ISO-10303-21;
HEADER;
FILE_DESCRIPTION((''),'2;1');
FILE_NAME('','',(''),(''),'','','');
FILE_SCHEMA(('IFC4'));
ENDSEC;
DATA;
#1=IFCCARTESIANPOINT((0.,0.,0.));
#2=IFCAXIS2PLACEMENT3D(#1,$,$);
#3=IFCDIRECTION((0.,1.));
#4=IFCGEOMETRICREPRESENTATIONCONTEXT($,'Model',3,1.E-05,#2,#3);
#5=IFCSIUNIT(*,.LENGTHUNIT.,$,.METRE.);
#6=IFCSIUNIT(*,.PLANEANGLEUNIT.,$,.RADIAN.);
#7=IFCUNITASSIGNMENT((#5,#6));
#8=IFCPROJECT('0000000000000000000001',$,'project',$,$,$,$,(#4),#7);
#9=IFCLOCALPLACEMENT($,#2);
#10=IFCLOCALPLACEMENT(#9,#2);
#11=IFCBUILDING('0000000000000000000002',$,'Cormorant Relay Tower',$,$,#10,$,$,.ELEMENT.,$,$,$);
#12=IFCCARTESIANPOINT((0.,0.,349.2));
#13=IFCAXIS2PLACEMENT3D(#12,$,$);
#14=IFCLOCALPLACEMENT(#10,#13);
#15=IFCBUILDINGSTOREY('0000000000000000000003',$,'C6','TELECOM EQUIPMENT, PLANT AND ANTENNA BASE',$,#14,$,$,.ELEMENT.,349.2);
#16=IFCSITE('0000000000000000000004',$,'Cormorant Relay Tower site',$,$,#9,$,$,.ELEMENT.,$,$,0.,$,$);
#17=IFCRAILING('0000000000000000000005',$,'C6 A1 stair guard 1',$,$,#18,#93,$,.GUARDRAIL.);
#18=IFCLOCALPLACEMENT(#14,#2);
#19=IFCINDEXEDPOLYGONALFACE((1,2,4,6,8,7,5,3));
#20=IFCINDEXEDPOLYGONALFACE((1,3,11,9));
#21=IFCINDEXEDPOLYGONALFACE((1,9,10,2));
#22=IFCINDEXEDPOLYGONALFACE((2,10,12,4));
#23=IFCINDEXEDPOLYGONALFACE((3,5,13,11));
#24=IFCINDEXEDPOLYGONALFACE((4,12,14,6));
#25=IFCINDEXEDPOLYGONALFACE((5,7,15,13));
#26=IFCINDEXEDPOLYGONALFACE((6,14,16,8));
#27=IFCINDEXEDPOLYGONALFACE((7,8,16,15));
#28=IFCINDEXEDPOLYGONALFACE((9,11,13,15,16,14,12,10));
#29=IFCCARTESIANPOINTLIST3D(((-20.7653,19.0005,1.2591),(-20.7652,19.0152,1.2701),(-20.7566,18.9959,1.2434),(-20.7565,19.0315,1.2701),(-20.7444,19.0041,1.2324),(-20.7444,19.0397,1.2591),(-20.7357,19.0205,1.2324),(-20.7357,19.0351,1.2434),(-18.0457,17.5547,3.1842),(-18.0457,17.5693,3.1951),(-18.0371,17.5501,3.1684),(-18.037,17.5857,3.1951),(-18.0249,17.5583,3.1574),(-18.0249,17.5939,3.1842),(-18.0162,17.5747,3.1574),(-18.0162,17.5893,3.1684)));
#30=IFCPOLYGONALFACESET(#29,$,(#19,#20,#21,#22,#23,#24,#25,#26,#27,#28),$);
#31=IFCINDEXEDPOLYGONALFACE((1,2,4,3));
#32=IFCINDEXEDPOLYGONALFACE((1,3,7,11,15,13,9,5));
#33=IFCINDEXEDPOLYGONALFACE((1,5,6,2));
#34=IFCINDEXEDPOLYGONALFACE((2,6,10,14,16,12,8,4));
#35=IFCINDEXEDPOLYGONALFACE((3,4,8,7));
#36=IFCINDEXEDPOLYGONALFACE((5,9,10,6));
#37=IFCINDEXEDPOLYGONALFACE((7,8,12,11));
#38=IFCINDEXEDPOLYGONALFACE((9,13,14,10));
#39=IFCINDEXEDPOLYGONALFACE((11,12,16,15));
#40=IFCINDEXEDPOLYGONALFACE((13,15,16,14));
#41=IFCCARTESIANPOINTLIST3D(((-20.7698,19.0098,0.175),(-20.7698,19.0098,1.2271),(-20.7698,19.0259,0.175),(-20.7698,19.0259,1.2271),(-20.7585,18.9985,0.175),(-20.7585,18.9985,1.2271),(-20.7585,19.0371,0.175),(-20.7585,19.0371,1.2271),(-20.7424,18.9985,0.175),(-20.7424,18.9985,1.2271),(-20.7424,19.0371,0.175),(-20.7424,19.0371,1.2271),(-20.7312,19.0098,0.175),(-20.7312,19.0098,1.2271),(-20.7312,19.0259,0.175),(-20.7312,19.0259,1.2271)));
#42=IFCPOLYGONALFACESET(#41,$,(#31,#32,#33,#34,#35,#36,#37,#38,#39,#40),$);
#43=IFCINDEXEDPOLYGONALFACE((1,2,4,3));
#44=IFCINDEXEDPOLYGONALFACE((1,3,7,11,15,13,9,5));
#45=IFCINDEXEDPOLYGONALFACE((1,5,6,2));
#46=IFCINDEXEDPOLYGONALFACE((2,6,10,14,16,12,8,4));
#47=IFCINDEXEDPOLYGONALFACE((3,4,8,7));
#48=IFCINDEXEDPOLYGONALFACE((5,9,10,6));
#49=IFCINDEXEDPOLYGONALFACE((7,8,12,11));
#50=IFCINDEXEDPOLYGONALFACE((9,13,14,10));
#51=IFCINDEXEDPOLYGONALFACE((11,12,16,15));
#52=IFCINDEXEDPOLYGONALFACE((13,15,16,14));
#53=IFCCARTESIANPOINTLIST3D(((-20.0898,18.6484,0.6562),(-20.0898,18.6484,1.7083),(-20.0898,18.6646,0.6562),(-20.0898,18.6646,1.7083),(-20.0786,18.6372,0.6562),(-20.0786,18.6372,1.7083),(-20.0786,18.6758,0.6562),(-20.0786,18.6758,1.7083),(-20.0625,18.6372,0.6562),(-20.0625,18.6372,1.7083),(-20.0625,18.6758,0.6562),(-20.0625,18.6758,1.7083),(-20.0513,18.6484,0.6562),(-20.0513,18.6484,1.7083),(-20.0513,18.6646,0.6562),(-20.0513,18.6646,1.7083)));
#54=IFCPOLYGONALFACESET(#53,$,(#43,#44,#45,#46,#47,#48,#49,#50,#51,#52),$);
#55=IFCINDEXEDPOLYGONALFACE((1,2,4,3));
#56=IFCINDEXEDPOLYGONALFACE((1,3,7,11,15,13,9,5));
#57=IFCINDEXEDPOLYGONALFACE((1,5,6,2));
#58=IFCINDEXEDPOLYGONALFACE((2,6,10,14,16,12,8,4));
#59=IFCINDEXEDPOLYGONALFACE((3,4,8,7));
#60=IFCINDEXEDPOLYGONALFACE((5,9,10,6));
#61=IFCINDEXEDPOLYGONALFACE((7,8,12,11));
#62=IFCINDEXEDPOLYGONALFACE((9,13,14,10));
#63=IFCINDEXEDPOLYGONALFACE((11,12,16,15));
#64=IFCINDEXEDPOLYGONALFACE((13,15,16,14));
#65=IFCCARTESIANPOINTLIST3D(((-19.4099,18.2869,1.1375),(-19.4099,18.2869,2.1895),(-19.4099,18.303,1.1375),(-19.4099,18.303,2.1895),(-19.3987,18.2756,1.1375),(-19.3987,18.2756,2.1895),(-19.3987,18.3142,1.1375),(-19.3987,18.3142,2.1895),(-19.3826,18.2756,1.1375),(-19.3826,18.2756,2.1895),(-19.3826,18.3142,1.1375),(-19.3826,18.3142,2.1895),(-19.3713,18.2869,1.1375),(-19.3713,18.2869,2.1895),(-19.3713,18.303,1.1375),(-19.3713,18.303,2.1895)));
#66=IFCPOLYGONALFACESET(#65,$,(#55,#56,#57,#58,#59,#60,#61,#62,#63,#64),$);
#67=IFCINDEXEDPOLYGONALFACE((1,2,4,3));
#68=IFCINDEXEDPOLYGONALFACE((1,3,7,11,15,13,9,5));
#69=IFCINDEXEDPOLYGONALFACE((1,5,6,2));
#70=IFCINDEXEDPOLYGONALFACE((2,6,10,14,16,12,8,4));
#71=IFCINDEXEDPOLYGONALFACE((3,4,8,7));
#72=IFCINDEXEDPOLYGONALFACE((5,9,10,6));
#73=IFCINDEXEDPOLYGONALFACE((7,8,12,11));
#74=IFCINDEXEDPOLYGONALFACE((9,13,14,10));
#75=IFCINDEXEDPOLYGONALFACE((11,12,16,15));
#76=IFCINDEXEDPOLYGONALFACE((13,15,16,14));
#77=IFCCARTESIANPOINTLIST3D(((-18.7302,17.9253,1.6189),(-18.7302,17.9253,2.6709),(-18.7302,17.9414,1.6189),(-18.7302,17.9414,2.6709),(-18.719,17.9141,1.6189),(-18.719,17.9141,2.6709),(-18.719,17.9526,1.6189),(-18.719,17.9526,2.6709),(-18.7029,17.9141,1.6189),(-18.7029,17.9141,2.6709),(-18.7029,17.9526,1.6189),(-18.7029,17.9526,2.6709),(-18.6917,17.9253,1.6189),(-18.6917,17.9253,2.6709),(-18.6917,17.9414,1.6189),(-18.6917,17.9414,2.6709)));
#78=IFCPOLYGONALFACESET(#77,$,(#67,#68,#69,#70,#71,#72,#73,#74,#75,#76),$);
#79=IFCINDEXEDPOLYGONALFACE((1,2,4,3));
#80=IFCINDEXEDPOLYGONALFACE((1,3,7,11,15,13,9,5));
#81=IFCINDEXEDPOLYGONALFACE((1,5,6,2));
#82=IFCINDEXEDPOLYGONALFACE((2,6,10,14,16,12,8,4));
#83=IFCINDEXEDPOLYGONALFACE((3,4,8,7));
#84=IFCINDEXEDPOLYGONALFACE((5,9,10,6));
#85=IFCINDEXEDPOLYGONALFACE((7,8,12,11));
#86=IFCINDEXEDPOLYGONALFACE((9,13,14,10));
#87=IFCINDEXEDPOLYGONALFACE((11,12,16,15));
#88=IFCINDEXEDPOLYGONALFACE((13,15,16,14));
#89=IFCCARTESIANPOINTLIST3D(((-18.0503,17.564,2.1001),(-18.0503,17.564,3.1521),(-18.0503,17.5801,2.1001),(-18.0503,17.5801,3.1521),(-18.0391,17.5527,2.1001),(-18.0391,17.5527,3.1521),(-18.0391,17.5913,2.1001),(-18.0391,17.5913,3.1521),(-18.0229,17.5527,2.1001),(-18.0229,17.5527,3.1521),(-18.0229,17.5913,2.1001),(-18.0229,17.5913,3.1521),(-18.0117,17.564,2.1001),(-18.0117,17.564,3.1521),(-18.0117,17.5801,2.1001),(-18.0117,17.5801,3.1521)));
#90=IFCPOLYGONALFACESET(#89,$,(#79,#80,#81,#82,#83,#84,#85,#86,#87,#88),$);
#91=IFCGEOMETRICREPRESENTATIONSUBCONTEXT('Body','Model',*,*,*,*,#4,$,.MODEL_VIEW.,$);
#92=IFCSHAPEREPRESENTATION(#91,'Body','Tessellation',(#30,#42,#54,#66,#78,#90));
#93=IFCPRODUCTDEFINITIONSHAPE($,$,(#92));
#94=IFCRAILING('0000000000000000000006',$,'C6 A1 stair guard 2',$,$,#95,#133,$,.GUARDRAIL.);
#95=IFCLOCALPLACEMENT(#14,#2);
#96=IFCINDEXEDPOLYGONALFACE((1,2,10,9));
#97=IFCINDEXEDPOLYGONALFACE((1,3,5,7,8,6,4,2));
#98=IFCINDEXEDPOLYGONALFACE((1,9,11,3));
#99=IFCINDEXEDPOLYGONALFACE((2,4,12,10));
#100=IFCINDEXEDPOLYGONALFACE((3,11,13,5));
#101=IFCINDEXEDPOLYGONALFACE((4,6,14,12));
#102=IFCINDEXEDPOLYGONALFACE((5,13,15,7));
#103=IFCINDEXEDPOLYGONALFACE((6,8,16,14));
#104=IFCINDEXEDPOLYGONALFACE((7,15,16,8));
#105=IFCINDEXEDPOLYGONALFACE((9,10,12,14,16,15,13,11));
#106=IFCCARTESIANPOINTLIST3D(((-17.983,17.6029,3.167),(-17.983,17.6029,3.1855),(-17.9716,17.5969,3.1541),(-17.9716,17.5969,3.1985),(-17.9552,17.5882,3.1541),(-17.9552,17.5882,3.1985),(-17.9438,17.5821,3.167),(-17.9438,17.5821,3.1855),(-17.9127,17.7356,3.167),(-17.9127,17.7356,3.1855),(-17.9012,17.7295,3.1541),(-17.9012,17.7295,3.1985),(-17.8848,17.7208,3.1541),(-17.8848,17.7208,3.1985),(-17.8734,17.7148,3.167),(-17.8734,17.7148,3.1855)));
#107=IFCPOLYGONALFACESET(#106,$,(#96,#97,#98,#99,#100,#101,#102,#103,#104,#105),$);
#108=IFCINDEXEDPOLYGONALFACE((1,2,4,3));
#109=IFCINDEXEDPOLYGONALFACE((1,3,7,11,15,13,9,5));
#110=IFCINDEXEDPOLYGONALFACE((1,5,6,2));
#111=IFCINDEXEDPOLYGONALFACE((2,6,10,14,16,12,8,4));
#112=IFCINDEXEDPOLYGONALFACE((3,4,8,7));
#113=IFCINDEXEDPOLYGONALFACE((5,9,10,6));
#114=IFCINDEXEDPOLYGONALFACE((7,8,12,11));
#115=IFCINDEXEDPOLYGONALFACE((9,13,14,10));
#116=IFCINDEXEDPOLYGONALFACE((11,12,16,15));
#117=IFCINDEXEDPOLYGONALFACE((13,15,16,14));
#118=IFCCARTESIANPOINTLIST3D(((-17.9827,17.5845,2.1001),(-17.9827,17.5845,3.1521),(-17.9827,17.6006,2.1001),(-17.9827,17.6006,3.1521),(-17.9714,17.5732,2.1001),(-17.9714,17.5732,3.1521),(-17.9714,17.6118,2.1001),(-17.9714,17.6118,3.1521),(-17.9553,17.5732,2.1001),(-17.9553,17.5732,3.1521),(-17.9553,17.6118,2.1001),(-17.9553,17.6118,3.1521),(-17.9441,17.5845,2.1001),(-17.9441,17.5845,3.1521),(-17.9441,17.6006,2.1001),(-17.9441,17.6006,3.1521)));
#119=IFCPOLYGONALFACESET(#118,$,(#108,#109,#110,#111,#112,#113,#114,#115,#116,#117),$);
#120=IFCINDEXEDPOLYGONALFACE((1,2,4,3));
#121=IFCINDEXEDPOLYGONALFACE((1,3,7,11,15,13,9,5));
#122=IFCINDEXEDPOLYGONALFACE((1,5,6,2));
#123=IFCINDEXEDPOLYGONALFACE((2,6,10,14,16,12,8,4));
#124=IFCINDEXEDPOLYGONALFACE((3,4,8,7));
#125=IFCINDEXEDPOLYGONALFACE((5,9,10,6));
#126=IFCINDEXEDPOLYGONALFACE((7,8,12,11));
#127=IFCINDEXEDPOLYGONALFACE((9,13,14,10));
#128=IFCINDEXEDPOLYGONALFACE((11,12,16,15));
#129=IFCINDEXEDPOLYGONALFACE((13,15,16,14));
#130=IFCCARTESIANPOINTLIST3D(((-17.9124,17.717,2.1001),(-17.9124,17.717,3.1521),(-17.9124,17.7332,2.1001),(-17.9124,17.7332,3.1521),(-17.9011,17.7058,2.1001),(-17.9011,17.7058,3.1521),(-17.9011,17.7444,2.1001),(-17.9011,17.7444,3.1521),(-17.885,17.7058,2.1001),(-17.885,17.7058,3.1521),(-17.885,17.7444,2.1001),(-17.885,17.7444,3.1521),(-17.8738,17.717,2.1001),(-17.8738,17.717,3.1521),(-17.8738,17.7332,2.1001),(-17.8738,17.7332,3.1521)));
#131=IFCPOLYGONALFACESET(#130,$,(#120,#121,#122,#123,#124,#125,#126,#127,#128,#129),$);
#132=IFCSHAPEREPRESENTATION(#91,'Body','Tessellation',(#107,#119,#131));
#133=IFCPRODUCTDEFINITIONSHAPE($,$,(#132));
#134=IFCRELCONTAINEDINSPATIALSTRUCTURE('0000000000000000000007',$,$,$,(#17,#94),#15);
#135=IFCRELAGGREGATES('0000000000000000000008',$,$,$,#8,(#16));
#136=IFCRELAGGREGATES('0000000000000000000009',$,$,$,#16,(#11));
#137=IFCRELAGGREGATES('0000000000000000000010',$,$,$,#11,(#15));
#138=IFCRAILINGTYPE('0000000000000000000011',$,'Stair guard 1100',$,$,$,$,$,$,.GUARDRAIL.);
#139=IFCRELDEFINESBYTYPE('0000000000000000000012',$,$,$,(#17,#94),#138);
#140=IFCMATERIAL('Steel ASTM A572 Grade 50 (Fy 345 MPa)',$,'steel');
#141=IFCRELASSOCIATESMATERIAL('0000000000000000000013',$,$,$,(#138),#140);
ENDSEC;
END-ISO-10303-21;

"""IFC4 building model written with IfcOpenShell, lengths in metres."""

from ifc_helpers import new_model, si_unit, direction, frame, origin, place, context, subcontext, project, spatial, polyline, outline, extrude, material, type_object, element, save


model = new_model("IFC4")

# Units and contexts
model_context = context("Model", 3, precision=1e-05, world=origin(), true_north=direction((0.0, 1.0)))
body_context = subcontext(model_context, "Body", "Model", "MODEL_VIEW")
ifc_project = project(units=[si_unit("LENGTHUNIT", "METRE"), si_unit("PLANEANGLEUNIT", "RADIAN")], contexts=[model_context])

# Site, building, storey
site_placement = place(None, origin())
site = spatial("IfcSite", under=ifc_project, at=site_placement, Name="Cormorant Relay Tower site", CompositionType="ELEMENT", RefElevation=0.0)
building_placement = place(site_placement, origin())
building = spatial("IfcBuilding", under=site, at=building_placement, Name="Cormorant Relay Tower", CompositionType="ELEMENT")
storey_placement = place(building_placement, frame((0.0, 0.0, 349.2)))
storey = spatial("IfcBuildingStorey", under=building, at=storey_placement, Name="C6", Description="TELECOM EQUIPMENT, PLANT AND ANTENNA BASE", CompositionType="ELEMENT", Elevation=349.2)

# Railings
ifc_material_1 = material(Name="Steel ASTM A572 Grade 50 (Fy 345 MPa)", Category="steel")
railing_type_1 = type_object("IfcRailingType", Name="Stair guard 1100", PredefinedType="GUARDRAIL", material=ifc_material_1)
railing_1_placement = place(storey_placement, frame((-20.7505, 19.0178, 0.175)))
element("IfcRailing", 1, at=railing_1_placement, inside=storey, type_object=railing_type_1, Name="C6 A1 stair guard 1", PredefinedType="GUARDRAIL", context=body_context, shape_type="SweptSolid", body=[
    extrude(outline(polyline([(0.0222, 0.0093), (0.0093, 0.0222), (-0.0093, 0.0222), (-0.0222, 0.0093), (-0.0222, -0.0093), (-0.0093, -0.0222), (0.0093, -0.0222), (0.0222, -0.0093), (0.0222, 0.0093)])), frame((0.0, 0.0, 1.0762), z_axis=(0.748747, -0.398068, 0.530018), x_axis=(0.469428, 0.882971, 0.0)), (0.0, 0.0, 1.0), 3.6321),
    extrude(outline(polyline([(0.0193, 0.0081), (0.0081, 0.0193), (-0.0081, 0.0193), (-0.0193, 0.0081), (-0.0193, -0.0081), (-0.0081, -0.0193), (0.0081, -0.0193), (0.0193, -0.0081), (0.0193, 0.0081)])), origin(), (0.0, 0.0, 1.0), 1.052),
    extrude(outline(polyline([(0.0193, 0.0081), (0.0081, 0.0193), (-0.0081, 0.0193), (-0.0193, 0.0081), (-0.0193, -0.0081), (-0.0081, -0.0193), (0.0081, -0.0193), (0.0193, -0.0081), (0.0193, 0.0081)])), frame((0.6799, -0.3613, 0.4812)), (0.0, 0.0, 1.0), 1.052),
    extrude(outline(polyline([(0.0193, 0.0081), (0.0081, 0.0193), (-0.0081, 0.0193), (-0.0193, 0.0081), (-0.0193, -0.0081), (-0.0081, -0.0193), (0.0081, -0.0193), (0.0193, -0.0081), (0.0193, 0.0081)])), frame((1.3599, -0.7229, 0.9624)), (0.0, 0.0, 1.0), 1.052),
    extrude(outline(polyline([(0.0193, 0.0081), (0.0081, 0.0193), (-0.0081, 0.0193), (-0.0193, 0.0081), (-0.0193, -0.0081), (-0.0081, -0.0193), (0.0081, -0.0193), (0.0193, -0.0081), (0.0193, 0.0081)])), frame((2.0396, -1.0845, 1.4438)), (0.0, 0.0, 1.0), 1.052),
    extrude(outline(polyline([(0.0193, 0.0081), (0.0081, 0.0193), (-0.0081, 0.0193), (-0.0193, 0.0081), (-0.0193, -0.0081), (-0.0081, -0.0193), (0.0081, -0.0193), (0.0193, -0.0081), (0.0193, 0.0081)])), frame((2.7195, -1.4458, 1.925)), (0.0, 0.0, 1.0), 1.052),
])
railing_2_placement = place(storey_placement, frame((-17.9634, 17.5925, 2.1001)))
element("IfcRailing", 2, at=railing_2_placement, inside=storey, type_object=railing_type_1, Name="C6 A1 stair guard 2", PredefinedType="GUARDRAIL", context=body_context, shape_type="SweptSolid", body=[
    extrude(outline(polyline([(0.0222, 0.0093), (0.0093, 0.0222), (-0.0093, 0.0222), (-0.0222, 0.0093), (-0.0222, -0.0093), (-0.0093, -0.0222), (0.0093, -0.0222), (0.0222, -0.0093), (0.0222, 0.0093)])), frame((0.0, 0.0, 1.0762), z_axis=(0.46856, 0.883431, 0.0), x_axis=(-0.883431, 0.46856, 0.0)), (0.0, 0.0, 1.0), 0.1501),
    extrude(outline(polyline([(0.0193, 0.0081), (0.0081, 0.0193), (-0.0081, 0.0193), (-0.0193, 0.0081), (-0.0193, -0.0081), (-0.0081, -0.0193), (0.0081, -0.0193), (0.0193, -0.0081), (0.0193, 0.0081)])), origin(), (0.0, 0.0, 1.0), 1.052),
    extrude(outline(polyline([(0.0193, 0.0081), (0.0081, 0.0193), (-0.0081, 0.0193), (-0.0193, 0.0081), (-0.0193, -0.0081), (-0.0081, -0.0193), (0.0081, -0.0193), (0.0193, -0.0081), (0.0193, 0.0081)])), frame((0.0703, 0.1326, 0.0)), (0.0, 0.0, 1.0), 1.052),
])

save(model, "model.ifc")
